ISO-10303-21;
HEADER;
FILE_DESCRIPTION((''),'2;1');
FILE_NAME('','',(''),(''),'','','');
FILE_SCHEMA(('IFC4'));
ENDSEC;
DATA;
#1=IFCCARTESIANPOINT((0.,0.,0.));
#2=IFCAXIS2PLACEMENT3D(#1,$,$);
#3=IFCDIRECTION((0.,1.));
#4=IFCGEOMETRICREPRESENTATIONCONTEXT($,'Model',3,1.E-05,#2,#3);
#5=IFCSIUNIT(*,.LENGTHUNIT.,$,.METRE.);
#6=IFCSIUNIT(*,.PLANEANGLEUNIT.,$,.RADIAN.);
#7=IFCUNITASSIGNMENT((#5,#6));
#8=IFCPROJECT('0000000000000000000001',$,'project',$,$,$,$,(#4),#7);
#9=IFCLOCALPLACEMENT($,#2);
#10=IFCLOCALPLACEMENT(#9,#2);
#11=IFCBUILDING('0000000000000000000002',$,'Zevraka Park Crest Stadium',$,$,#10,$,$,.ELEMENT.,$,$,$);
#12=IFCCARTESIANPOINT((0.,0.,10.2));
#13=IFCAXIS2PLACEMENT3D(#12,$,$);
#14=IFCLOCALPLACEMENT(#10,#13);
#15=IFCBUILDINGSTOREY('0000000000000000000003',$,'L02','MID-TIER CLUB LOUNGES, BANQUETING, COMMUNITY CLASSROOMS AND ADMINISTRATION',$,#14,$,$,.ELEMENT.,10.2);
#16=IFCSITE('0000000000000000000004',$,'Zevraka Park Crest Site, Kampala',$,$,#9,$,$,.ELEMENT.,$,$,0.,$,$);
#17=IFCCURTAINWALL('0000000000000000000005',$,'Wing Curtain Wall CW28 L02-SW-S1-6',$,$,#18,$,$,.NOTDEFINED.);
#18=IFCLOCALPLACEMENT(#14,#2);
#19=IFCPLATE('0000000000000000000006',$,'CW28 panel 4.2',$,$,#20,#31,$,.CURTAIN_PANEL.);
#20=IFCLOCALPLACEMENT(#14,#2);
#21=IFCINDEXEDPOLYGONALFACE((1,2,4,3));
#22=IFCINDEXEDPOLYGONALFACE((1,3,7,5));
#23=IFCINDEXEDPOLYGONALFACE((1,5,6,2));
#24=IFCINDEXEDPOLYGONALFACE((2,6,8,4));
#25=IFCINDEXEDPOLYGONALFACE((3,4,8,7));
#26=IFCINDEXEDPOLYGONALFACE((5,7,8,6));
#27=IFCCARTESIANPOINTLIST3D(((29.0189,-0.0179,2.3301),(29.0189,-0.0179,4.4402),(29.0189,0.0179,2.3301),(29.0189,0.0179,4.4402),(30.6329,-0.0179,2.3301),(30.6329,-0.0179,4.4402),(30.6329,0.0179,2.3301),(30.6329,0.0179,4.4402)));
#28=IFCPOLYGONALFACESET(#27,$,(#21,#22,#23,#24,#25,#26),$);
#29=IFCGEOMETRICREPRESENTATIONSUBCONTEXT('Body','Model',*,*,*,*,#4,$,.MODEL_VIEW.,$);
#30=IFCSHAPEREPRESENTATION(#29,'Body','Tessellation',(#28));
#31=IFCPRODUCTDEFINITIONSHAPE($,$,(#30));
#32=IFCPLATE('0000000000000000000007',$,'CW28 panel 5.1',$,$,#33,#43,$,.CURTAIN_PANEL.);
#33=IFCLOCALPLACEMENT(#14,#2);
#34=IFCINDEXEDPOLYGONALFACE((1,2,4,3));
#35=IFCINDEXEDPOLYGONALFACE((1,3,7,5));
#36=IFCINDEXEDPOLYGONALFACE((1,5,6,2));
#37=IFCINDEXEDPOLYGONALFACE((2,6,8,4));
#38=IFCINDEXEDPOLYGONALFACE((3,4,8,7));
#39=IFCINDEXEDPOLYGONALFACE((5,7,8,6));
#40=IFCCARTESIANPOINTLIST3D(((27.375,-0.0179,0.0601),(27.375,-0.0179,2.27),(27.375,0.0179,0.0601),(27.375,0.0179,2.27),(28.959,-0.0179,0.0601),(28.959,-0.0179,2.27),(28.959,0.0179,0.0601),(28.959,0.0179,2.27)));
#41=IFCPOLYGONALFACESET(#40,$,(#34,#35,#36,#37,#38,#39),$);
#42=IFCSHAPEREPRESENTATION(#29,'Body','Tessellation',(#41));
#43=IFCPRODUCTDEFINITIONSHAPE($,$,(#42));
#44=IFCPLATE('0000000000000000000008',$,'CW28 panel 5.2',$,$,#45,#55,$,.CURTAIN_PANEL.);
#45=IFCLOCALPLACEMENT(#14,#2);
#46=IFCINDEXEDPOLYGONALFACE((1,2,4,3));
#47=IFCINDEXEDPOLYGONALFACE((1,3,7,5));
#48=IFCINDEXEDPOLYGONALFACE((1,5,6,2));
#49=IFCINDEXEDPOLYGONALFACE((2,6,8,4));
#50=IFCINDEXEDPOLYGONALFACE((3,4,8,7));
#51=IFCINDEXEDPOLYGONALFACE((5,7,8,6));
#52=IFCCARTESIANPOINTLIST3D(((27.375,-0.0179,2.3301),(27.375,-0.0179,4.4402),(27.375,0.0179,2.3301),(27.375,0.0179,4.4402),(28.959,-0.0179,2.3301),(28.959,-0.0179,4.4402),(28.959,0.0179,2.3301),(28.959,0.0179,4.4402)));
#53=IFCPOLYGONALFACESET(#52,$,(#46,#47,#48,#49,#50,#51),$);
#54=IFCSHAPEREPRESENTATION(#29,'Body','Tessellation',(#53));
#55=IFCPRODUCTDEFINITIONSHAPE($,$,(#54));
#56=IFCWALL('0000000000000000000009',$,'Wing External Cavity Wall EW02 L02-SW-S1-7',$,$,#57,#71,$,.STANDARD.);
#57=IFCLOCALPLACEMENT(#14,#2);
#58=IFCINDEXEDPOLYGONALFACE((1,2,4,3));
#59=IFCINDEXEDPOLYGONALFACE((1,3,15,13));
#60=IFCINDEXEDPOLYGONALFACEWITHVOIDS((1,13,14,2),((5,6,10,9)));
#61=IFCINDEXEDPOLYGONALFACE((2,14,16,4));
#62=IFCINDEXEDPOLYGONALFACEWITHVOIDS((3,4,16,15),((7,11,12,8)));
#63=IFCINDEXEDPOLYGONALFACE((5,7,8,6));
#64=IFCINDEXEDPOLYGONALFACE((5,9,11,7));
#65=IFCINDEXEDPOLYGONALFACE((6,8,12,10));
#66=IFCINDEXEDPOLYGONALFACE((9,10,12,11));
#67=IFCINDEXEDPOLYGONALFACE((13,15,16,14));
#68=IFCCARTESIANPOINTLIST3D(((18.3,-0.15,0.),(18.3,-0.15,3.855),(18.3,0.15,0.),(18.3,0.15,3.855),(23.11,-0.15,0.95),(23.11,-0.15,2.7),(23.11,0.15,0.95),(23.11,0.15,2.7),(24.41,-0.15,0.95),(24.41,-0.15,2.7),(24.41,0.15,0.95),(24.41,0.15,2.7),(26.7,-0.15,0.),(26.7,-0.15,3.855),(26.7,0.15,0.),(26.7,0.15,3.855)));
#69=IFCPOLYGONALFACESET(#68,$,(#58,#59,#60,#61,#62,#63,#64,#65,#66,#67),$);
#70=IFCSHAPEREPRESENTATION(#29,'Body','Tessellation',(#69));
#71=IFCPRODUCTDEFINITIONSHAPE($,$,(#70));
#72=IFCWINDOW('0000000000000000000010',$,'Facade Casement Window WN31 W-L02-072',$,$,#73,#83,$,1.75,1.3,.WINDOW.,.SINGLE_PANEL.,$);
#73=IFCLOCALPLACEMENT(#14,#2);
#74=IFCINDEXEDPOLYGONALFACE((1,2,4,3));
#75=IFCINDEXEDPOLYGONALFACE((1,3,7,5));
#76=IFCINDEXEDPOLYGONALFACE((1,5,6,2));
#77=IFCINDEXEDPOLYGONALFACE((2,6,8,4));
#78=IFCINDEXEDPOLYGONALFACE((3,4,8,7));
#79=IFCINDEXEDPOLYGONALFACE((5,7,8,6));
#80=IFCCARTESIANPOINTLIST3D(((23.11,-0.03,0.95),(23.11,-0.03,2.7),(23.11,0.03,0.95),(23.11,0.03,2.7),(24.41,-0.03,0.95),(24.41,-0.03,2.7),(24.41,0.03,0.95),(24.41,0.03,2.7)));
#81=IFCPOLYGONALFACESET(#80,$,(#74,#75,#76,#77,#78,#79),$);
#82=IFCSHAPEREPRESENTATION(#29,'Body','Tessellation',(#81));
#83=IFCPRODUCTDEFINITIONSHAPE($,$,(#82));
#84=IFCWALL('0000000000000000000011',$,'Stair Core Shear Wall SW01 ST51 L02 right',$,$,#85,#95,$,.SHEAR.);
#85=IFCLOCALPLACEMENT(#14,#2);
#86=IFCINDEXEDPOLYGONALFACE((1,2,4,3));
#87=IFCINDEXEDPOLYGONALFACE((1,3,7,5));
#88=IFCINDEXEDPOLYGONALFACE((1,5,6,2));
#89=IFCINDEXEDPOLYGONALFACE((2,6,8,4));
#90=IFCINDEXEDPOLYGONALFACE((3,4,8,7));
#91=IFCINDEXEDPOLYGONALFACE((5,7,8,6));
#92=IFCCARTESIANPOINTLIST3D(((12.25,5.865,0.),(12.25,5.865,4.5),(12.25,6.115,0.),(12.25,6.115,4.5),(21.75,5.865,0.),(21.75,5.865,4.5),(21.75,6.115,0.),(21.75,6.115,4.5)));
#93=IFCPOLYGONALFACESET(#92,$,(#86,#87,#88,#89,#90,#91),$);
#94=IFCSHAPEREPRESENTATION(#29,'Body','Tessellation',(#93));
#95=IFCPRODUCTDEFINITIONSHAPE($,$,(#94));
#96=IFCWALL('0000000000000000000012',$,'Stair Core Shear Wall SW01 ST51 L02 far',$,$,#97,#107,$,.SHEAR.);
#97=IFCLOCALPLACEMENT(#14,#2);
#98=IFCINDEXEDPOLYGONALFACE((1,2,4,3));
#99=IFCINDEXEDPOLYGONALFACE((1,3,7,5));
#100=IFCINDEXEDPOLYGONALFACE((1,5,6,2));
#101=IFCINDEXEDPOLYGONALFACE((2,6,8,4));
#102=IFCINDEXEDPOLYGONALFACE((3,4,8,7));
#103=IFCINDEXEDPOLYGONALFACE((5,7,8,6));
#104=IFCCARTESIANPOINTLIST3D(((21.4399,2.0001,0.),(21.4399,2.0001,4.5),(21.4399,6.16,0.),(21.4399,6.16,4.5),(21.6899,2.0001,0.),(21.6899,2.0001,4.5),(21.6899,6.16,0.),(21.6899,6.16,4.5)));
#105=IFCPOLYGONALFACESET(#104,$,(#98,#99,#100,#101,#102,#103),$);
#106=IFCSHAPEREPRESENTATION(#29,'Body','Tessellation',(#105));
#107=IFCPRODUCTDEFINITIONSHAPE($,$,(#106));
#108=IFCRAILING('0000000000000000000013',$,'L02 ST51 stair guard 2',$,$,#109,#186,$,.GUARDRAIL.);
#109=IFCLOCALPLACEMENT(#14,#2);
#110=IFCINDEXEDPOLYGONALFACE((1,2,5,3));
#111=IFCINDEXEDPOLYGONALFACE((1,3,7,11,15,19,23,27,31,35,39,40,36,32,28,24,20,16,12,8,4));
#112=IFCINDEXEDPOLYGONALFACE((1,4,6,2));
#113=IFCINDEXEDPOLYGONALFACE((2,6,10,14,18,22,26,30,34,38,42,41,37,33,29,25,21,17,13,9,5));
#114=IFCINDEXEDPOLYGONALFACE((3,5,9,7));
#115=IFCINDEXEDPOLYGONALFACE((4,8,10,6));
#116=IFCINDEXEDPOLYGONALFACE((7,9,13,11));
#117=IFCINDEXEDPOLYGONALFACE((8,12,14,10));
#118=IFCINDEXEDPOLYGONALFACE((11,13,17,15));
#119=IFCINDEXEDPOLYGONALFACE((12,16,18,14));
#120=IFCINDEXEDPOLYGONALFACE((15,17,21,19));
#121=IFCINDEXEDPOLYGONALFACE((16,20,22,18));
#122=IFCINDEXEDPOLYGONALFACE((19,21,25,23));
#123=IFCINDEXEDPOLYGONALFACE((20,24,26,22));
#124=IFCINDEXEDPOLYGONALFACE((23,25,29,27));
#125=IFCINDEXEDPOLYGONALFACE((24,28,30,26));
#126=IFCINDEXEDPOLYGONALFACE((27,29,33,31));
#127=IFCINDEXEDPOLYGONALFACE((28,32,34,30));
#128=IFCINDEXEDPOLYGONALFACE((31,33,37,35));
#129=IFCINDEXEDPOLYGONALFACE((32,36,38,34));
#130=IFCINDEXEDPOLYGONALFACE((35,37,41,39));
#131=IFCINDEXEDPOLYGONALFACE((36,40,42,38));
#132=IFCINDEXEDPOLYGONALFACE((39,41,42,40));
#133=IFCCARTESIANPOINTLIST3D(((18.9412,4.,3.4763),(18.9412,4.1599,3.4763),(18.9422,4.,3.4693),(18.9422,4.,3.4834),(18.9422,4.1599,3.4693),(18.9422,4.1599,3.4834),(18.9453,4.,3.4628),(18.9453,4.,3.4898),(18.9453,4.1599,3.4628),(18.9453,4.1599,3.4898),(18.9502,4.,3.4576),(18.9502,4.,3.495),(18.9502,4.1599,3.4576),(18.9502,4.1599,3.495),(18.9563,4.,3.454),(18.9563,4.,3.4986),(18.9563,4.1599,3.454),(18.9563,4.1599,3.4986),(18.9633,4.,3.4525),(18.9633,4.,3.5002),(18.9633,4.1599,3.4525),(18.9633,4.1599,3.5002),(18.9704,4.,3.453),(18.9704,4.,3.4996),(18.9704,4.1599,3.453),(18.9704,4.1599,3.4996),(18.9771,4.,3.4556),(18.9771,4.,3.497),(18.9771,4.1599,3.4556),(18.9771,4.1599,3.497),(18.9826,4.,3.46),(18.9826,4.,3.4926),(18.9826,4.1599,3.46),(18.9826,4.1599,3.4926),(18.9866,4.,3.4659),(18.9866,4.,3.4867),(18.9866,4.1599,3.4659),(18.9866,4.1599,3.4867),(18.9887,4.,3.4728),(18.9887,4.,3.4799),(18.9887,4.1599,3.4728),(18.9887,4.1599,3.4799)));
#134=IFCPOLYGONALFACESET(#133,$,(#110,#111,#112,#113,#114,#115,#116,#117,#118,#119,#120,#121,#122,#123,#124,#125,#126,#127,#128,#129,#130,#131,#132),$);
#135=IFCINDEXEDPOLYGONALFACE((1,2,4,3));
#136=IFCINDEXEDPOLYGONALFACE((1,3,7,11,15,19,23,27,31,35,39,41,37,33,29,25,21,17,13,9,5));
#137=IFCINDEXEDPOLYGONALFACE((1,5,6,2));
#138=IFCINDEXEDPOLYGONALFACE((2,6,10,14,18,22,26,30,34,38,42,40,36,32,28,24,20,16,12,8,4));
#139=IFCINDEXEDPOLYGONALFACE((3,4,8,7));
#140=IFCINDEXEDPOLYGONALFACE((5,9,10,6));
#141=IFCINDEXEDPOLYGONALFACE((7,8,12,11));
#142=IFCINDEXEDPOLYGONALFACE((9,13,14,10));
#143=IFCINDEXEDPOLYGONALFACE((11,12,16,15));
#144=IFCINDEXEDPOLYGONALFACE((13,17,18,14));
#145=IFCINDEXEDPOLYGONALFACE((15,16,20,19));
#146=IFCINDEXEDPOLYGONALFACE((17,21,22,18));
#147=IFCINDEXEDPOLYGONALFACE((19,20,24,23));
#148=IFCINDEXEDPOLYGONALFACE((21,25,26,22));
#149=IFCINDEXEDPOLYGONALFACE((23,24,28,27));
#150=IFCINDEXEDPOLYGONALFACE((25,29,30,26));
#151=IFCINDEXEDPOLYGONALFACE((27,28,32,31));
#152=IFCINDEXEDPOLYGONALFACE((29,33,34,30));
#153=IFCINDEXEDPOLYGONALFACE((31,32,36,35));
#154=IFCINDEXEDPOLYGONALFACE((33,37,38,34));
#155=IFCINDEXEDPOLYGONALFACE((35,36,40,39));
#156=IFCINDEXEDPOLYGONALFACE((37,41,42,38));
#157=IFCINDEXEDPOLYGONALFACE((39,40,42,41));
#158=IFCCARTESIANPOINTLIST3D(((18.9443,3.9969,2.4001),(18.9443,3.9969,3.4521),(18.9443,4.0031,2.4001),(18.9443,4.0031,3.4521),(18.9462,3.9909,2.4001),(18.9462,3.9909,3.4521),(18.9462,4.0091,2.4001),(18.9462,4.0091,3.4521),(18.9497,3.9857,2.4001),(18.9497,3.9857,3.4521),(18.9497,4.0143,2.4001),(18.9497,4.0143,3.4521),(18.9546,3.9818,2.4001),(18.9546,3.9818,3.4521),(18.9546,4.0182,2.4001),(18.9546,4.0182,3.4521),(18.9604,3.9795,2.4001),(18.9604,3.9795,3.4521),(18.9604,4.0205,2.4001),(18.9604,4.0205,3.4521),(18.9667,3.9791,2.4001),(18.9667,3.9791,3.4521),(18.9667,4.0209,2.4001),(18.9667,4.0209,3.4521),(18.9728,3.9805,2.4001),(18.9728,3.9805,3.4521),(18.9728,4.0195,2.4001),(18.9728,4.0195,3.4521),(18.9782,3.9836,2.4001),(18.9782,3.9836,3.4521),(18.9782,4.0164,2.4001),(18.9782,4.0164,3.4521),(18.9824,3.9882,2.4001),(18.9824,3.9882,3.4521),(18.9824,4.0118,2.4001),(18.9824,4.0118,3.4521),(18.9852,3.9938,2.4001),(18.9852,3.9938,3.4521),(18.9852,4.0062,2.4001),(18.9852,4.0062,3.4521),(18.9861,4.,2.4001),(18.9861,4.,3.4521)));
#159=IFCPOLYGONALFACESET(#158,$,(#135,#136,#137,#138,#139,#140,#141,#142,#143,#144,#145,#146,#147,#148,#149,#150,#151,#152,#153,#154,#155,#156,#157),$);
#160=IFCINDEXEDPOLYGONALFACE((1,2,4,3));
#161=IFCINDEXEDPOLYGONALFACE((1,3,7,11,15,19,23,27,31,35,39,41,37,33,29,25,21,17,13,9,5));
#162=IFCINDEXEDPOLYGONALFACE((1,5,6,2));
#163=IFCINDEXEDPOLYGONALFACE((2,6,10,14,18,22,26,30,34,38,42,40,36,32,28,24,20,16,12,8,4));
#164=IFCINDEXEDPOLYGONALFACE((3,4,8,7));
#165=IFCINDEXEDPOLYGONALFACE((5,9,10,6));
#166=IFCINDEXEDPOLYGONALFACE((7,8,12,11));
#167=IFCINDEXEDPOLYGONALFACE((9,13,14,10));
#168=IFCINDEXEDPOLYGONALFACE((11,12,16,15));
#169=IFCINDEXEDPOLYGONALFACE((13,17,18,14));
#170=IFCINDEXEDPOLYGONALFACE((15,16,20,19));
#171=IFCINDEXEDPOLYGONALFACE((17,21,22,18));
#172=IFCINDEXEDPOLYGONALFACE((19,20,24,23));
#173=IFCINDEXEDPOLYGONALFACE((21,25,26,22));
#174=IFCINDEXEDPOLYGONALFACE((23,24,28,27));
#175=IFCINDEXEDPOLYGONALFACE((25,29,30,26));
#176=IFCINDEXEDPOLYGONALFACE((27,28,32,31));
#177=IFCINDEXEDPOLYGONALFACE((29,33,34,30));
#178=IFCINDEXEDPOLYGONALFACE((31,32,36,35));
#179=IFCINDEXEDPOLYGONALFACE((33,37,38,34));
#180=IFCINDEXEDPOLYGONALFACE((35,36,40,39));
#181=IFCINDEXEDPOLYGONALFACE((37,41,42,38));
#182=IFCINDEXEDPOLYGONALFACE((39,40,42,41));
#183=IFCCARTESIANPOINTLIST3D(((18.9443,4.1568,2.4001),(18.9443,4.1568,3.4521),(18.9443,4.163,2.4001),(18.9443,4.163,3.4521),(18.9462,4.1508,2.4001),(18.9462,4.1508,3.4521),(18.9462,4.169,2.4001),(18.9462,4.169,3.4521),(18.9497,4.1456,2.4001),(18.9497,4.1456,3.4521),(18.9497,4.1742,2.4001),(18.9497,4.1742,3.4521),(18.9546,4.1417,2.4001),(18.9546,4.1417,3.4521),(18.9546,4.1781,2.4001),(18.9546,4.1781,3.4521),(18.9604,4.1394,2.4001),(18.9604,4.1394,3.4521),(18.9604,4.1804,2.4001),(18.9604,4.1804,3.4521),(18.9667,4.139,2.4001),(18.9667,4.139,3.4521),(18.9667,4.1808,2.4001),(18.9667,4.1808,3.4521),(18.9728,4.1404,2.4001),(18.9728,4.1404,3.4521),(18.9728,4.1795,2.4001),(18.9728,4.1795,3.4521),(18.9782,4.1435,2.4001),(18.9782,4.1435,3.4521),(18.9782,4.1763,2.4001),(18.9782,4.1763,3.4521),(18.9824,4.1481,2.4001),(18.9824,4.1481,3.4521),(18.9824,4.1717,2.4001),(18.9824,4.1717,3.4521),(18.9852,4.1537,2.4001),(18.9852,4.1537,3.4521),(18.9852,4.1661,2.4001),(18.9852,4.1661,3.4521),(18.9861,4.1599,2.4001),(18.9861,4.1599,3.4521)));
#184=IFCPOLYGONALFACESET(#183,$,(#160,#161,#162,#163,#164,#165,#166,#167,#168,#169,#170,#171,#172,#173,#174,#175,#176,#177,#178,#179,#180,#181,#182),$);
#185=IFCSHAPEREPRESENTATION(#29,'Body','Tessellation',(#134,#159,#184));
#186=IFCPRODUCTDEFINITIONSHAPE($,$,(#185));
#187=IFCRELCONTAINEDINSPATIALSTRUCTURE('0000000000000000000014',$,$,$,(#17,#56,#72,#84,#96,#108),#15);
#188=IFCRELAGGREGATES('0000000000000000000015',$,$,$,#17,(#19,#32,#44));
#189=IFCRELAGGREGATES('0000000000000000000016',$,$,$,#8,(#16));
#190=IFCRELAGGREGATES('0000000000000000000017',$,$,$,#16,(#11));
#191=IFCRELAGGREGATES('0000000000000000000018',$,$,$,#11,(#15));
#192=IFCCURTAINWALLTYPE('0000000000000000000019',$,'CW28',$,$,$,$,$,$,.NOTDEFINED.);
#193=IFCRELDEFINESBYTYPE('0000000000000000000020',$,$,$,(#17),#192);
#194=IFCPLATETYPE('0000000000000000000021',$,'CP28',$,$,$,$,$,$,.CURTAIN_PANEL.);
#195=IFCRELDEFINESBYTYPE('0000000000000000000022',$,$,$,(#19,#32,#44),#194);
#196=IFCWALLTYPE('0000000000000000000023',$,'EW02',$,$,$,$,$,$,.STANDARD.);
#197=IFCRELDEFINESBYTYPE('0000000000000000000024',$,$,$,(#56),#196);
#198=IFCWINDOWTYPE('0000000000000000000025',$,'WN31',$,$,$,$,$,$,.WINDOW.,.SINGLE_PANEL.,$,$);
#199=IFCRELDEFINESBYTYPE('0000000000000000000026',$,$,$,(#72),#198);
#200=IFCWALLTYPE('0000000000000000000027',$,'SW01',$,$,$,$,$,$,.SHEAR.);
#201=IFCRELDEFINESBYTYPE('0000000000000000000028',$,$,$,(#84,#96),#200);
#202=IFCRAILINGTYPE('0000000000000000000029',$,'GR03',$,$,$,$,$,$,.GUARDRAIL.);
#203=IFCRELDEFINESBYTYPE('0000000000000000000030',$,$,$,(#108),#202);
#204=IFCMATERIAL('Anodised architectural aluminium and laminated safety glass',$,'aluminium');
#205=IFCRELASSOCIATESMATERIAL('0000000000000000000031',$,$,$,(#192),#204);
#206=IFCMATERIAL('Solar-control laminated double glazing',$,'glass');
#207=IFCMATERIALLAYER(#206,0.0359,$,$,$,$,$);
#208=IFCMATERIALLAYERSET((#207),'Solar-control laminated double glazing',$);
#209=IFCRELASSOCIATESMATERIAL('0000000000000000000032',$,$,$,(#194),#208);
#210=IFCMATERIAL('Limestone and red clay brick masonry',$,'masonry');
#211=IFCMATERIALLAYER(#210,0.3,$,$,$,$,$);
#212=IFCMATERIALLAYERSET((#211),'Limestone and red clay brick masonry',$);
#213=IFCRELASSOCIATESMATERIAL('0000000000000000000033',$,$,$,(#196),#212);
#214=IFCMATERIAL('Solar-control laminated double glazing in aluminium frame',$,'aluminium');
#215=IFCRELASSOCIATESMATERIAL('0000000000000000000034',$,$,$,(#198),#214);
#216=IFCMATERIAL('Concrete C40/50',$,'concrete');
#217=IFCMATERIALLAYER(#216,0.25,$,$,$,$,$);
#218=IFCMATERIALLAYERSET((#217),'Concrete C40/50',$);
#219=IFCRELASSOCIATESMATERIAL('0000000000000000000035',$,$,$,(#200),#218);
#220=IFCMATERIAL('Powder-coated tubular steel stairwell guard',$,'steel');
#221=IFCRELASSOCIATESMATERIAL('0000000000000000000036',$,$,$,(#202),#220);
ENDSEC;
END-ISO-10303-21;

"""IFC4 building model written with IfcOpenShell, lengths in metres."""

from ifc_helpers import new_model, si_unit, direction, frame, frame_2d, origin, origin_2d, place, context, subcontext, project, spatial, rectangle, circle, extrude, material, layer, layer_set, type_object, element, fill, aggregate, save


model = new_model("IFC4")

# Units and contexts
model_context = context("Model", 3, precision=1e-05, world=origin(), true_north=direction((0.0, 1.0)))
body_context = subcontext(model_context, "Body", "Model", "MODEL_VIEW")
ifc_project = project(units=[si_unit("LENGTHUNIT", "METRE"), si_unit("PLANEANGLEUNIT", "RADIAN")], contexts=[model_context])

# Site, building, storey
site_placement = place(None, origin())
site = spatial("IfcSite", under=ifc_project, at=site_placement, Name="Zevraka Park Crest Site, Kampala", CompositionType="ELEMENT", RefElevation=0.0)
building_placement = place(site_placement, origin())
building = spatial("IfcBuilding", under=site, at=building_placement, Name="Zevraka Park Crest Stadium", CompositionType="ELEMENT")
storey_placement = place(building_placement, frame((0.0, 0.0, 10.2)))
storey = spatial("IfcBuildingStorey", under=building, at=storey_placement, Name="L02", Description="MID-TIER CLUB LOUNGES, BANQUETING, COMMUNITY CLASSROOMS AND ADMINISTRATION", CompositionType="ELEMENT", Elevation=10.2)

# Curtain wall, plates
ifc_material_1 = material(Name="Anodised architectural aluminium and laminated safety glass", Category="aluminium")
curtain_wall_type = type_object("IfcCurtainWallType", Name="CW28", PredefinedType="NOTDEFINED", material=ifc_material_1)
curtain_wall_placement = place(storey_placement, origin())
curtain_wall = element("IfcCurtainWall", 1, at=curtain_wall_placement, inside=storey, type_object=curtain_wall_type, Name="Wing Curtain Wall CW28 L02-SW-S1-6", PredefinedType="NOTDEFINED")
ifc_material_2 = material(Name="Solar-control laminated double glazing", Category="glass")
ifc_layer_1 = layer(ifc_material_2, 0.0359)
ifc_layer_set_1 = layer_set([ifc_layer_1], Name="Solar-control laminated double glazing")
plate_type = type_object("IfcPlateType", Name="CP28", PredefinedType="CURTAIN_PANEL", material=ifc_layer_set_1)
plate_1_placement = place(storey_placement, frame((29.8259, 0.0, 2.3301), z_axis=(0.0, 0.0, 1.0), x_axis=(-1.0, 0.0, 0.0)))
plate_1 = element("IfcPlate", 2, at=plate_1_placement, type_object=plate_type, Name="CW28 panel 4.2", PredefinedType="CURTAIN_PANEL", context=body_context, shape_type="SweptSolid", body=[
    extrude(rectangle(XDim=1.614, YDim=0.0359, at=origin_2d()), origin(), (0.0, 0.0, 1.0), 2.1101),
])
plate_2_placement = place(storey_placement, frame((28.167, 0.0, 0.0601), z_axis=(0.0, 0.0, 1.0), x_axis=(-1.0, 0.0, 0.0)))
plate_2 = element("IfcPlate", 3, at=plate_2_placement, type_object=plate_type, Name="CW28 panel 5.1", PredefinedType="CURTAIN_PANEL", context=body_context, shape_type="SweptSolid", body=[
    extrude(rectangle(XDim=1.584, YDim=0.0359, at=origin_2d()), origin(), (0.0, 0.0, 1.0), 2.21),
])
plate_3_placement = place(storey_placement, frame((28.167, 0.0, 2.3301), z_axis=(0.0, 0.0, 1.0), x_axis=(-1.0, 0.0, 0.0)))
plate_3 = element("IfcPlate", 4, at=plate_3_placement, type_object=plate_type, Name="CW28 panel 5.2", PredefinedType="CURTAIN_PANEL", context=body_context, shape_type="SweptSolid", body=[
    extrude(rectangle(XDim=1.584, YDim=0.0359, at=origin_2d()), origin(), (0.0, 0.0, 1.0), 2.1101),
])
aggregate(curtain_wall, [plate_1, plate_2, plate_3])

# Wall, opening, window
ifc_material_3 = material(Name="Limestone and red clay brick masonry", Category="masonry")
ifc_layer_2 = layer(ifc_material_3, 0.3)
ifc_layer_set_2 = layer_set([ifc_layer_2], Name="Limestone and red clay brick masonry")
wall_type_1 = type_object("IfcWallType", Name="EW02", PredefinedType="STANDARD", material=ifc_layer_set_2)
wall_1_placement = place(storey_placement, frame((26.7, 0.0, 0.0), z_axis=(0.0, 0.0, 1.0), x_axis=(-1.0, 0.0, 0.0)))
wall_1 = element("IfcWall", 5, at=wall_1_placement, inside=storey, type_object=wall_type_1, Name="Wing External Cavity Wall EW02 L02-SW-S1-7", PredefinedType="STANDARD", context=body_context, shape_type="SweptSolid", body=[
    extrude(rectangle(XDim=8.3999, YDim=0.3, at=frame_2d((4.2, 0.0))), origin(), (0.0, 0.0, 1.0), 3.855),
])
opening_placement = place(wall_1_placement, frame((2.29, 0.0, 0.95)))
opening = element("IfcOpeningElement", 6, at=opening_placement, cuts=wall_1, PredefinedType="OPENING", context=body_context, shape_type="SweptSolid", body=[
    extrude(rectangle(XDim=1.3, YDim=1.75, at=frame_2d((0.6499, 0.875))), frame((0.0, 0.1599, 0.0), z_axis=(0.0, -1.0, 0.0), x_axis=(1.0, 0.0, 0.0)), (0.0, 0.0, 1.0), 0.3201),
])
ifc_material_4 = material(Name="Solar-control laminated double glazing in aluminium frame", Category="aluminium")
window_type = type_object("IfcWindowType", Name="WN31", PartitioningType="SINGLE_PANEL", PredefinedType="WINDOW", material=ifc_material_4)
window_placement = place(opening_placement, origin())
window = element("IfcWindow", 7, at=window_placement, inside=storey, type_object=window_type, Name="Facade Casement Window WN31 W-L02-072", OverallHeight=1.75, OverallWidth=1.3, PartitioningType="SINGLE_PANEL", PredefinedType="WINDOW", context=body_context, shape_type="SweptSolid", body=[
    extrude(rectangle(XDim=1.3, YDim=1.75, at=frame_2d((0.6499, 0.875))), frame((0.0, 0.03, 0.0), z_axis=(0.0, -1.0, 0.0), x_axis=(1.0, 0.0, 0.0)), (0.0, 0.0, 1.0), 0.0601),
])
fill(opening, window)

# Walls
ifc_material_5 = material(Name="Concrete C40/50", Category="concrete")
ifc_layer_3 = layer(ifc_material_5, 0.25)
ifc_layer_set_3 = layer_set([ifc_layer_3], Name="Concrete C40/50")
wall_type_2 = type_object("IfcWallType", Name="SW01", PredefinedType="SHEAR", material=ifc_layer_set_3)
wall_2_placement = place(storey_placement, frame((21.75, 5.99, 0.0), z_axis=(0.0, 0.0, 1.0), x_axis=(-1.0, 0.0, 0.0)))
element("IfcWall", 8, at=wall_2_placement, inside=storey, type_object=wall_type_2, Name="Stair Core Shear Wall SW01 ST51 L02 right", PredefinedType="SHEAR", context=body_context, shape_type="SweptSolid", body=[
    extrude(rectangle(XDim=9.5, YDim=0.25, at=frame_2d((4.75, 0.0))), origin(), (0.0, 0.0, 1.0), 4.5),
])
wall_3_placement = place(storey_placement, frame((21.5649, 2.0, 0.0), z_axis=(0.0, 0.0, 1.0), x_axis=(0.0, 1.0, 0.0)))
element("IfcWall", 9, at=wall_3_placement, inside=storey, type_object=wall_type_2, Name="Stair Core Shear Wall SW01 ST51 L02 far", PredefinedType="SHEAR", context=body_context, shape_type="SweptSolid", body=[
    extrude(rectangle(XDim=4.1599, YDim=0.25, at=frame_2d((2.0801, 0.0))), origin(), (0.0, 0.0, 1.0), 4.5),
])

# Railing
ifc_material_6 = material(Name="Powder-coated tubular steel stairwell guard", Category="steel")
railing_type_1 = type_object("IfcRailingType", Name="GR03", PredefinedType="GUARDRAIL", material=ifc_material_6)
railing_1_placement = place(storey_placement, frame((18.9651, 4.0, 2.4001)))
element("IfcRailing", 10, at=railing_1_placement, inside=storey, type_object=railing_type_1, Name="L02 ST51 stair guard 2", PredefinedType="GUARDRAIL", context=body_context, shape_type="SweptSolid", body=[
    extrude(circle(Radius=0.0239, at=origin_2d()), frame((0.0, 0.0, 1.0762), z_axis=(0.0, 1.0, 0.0), x_axis=(-1.0, 0.0, 0.0)), (0.0, 0.0, 1.0), 0.1599),
    extrude(circle(Radius=0.021, at=origin_2d()), origin(), (0.0, 0.0, 1.0), 1.052),
    extrude(circle(Radius=0.021, at=origin_2d()), frame((0.0, 0.1599, 0.0)), (0.0, 0.0, 1.0), 1.052),
])

save(model, "model.ifc")
